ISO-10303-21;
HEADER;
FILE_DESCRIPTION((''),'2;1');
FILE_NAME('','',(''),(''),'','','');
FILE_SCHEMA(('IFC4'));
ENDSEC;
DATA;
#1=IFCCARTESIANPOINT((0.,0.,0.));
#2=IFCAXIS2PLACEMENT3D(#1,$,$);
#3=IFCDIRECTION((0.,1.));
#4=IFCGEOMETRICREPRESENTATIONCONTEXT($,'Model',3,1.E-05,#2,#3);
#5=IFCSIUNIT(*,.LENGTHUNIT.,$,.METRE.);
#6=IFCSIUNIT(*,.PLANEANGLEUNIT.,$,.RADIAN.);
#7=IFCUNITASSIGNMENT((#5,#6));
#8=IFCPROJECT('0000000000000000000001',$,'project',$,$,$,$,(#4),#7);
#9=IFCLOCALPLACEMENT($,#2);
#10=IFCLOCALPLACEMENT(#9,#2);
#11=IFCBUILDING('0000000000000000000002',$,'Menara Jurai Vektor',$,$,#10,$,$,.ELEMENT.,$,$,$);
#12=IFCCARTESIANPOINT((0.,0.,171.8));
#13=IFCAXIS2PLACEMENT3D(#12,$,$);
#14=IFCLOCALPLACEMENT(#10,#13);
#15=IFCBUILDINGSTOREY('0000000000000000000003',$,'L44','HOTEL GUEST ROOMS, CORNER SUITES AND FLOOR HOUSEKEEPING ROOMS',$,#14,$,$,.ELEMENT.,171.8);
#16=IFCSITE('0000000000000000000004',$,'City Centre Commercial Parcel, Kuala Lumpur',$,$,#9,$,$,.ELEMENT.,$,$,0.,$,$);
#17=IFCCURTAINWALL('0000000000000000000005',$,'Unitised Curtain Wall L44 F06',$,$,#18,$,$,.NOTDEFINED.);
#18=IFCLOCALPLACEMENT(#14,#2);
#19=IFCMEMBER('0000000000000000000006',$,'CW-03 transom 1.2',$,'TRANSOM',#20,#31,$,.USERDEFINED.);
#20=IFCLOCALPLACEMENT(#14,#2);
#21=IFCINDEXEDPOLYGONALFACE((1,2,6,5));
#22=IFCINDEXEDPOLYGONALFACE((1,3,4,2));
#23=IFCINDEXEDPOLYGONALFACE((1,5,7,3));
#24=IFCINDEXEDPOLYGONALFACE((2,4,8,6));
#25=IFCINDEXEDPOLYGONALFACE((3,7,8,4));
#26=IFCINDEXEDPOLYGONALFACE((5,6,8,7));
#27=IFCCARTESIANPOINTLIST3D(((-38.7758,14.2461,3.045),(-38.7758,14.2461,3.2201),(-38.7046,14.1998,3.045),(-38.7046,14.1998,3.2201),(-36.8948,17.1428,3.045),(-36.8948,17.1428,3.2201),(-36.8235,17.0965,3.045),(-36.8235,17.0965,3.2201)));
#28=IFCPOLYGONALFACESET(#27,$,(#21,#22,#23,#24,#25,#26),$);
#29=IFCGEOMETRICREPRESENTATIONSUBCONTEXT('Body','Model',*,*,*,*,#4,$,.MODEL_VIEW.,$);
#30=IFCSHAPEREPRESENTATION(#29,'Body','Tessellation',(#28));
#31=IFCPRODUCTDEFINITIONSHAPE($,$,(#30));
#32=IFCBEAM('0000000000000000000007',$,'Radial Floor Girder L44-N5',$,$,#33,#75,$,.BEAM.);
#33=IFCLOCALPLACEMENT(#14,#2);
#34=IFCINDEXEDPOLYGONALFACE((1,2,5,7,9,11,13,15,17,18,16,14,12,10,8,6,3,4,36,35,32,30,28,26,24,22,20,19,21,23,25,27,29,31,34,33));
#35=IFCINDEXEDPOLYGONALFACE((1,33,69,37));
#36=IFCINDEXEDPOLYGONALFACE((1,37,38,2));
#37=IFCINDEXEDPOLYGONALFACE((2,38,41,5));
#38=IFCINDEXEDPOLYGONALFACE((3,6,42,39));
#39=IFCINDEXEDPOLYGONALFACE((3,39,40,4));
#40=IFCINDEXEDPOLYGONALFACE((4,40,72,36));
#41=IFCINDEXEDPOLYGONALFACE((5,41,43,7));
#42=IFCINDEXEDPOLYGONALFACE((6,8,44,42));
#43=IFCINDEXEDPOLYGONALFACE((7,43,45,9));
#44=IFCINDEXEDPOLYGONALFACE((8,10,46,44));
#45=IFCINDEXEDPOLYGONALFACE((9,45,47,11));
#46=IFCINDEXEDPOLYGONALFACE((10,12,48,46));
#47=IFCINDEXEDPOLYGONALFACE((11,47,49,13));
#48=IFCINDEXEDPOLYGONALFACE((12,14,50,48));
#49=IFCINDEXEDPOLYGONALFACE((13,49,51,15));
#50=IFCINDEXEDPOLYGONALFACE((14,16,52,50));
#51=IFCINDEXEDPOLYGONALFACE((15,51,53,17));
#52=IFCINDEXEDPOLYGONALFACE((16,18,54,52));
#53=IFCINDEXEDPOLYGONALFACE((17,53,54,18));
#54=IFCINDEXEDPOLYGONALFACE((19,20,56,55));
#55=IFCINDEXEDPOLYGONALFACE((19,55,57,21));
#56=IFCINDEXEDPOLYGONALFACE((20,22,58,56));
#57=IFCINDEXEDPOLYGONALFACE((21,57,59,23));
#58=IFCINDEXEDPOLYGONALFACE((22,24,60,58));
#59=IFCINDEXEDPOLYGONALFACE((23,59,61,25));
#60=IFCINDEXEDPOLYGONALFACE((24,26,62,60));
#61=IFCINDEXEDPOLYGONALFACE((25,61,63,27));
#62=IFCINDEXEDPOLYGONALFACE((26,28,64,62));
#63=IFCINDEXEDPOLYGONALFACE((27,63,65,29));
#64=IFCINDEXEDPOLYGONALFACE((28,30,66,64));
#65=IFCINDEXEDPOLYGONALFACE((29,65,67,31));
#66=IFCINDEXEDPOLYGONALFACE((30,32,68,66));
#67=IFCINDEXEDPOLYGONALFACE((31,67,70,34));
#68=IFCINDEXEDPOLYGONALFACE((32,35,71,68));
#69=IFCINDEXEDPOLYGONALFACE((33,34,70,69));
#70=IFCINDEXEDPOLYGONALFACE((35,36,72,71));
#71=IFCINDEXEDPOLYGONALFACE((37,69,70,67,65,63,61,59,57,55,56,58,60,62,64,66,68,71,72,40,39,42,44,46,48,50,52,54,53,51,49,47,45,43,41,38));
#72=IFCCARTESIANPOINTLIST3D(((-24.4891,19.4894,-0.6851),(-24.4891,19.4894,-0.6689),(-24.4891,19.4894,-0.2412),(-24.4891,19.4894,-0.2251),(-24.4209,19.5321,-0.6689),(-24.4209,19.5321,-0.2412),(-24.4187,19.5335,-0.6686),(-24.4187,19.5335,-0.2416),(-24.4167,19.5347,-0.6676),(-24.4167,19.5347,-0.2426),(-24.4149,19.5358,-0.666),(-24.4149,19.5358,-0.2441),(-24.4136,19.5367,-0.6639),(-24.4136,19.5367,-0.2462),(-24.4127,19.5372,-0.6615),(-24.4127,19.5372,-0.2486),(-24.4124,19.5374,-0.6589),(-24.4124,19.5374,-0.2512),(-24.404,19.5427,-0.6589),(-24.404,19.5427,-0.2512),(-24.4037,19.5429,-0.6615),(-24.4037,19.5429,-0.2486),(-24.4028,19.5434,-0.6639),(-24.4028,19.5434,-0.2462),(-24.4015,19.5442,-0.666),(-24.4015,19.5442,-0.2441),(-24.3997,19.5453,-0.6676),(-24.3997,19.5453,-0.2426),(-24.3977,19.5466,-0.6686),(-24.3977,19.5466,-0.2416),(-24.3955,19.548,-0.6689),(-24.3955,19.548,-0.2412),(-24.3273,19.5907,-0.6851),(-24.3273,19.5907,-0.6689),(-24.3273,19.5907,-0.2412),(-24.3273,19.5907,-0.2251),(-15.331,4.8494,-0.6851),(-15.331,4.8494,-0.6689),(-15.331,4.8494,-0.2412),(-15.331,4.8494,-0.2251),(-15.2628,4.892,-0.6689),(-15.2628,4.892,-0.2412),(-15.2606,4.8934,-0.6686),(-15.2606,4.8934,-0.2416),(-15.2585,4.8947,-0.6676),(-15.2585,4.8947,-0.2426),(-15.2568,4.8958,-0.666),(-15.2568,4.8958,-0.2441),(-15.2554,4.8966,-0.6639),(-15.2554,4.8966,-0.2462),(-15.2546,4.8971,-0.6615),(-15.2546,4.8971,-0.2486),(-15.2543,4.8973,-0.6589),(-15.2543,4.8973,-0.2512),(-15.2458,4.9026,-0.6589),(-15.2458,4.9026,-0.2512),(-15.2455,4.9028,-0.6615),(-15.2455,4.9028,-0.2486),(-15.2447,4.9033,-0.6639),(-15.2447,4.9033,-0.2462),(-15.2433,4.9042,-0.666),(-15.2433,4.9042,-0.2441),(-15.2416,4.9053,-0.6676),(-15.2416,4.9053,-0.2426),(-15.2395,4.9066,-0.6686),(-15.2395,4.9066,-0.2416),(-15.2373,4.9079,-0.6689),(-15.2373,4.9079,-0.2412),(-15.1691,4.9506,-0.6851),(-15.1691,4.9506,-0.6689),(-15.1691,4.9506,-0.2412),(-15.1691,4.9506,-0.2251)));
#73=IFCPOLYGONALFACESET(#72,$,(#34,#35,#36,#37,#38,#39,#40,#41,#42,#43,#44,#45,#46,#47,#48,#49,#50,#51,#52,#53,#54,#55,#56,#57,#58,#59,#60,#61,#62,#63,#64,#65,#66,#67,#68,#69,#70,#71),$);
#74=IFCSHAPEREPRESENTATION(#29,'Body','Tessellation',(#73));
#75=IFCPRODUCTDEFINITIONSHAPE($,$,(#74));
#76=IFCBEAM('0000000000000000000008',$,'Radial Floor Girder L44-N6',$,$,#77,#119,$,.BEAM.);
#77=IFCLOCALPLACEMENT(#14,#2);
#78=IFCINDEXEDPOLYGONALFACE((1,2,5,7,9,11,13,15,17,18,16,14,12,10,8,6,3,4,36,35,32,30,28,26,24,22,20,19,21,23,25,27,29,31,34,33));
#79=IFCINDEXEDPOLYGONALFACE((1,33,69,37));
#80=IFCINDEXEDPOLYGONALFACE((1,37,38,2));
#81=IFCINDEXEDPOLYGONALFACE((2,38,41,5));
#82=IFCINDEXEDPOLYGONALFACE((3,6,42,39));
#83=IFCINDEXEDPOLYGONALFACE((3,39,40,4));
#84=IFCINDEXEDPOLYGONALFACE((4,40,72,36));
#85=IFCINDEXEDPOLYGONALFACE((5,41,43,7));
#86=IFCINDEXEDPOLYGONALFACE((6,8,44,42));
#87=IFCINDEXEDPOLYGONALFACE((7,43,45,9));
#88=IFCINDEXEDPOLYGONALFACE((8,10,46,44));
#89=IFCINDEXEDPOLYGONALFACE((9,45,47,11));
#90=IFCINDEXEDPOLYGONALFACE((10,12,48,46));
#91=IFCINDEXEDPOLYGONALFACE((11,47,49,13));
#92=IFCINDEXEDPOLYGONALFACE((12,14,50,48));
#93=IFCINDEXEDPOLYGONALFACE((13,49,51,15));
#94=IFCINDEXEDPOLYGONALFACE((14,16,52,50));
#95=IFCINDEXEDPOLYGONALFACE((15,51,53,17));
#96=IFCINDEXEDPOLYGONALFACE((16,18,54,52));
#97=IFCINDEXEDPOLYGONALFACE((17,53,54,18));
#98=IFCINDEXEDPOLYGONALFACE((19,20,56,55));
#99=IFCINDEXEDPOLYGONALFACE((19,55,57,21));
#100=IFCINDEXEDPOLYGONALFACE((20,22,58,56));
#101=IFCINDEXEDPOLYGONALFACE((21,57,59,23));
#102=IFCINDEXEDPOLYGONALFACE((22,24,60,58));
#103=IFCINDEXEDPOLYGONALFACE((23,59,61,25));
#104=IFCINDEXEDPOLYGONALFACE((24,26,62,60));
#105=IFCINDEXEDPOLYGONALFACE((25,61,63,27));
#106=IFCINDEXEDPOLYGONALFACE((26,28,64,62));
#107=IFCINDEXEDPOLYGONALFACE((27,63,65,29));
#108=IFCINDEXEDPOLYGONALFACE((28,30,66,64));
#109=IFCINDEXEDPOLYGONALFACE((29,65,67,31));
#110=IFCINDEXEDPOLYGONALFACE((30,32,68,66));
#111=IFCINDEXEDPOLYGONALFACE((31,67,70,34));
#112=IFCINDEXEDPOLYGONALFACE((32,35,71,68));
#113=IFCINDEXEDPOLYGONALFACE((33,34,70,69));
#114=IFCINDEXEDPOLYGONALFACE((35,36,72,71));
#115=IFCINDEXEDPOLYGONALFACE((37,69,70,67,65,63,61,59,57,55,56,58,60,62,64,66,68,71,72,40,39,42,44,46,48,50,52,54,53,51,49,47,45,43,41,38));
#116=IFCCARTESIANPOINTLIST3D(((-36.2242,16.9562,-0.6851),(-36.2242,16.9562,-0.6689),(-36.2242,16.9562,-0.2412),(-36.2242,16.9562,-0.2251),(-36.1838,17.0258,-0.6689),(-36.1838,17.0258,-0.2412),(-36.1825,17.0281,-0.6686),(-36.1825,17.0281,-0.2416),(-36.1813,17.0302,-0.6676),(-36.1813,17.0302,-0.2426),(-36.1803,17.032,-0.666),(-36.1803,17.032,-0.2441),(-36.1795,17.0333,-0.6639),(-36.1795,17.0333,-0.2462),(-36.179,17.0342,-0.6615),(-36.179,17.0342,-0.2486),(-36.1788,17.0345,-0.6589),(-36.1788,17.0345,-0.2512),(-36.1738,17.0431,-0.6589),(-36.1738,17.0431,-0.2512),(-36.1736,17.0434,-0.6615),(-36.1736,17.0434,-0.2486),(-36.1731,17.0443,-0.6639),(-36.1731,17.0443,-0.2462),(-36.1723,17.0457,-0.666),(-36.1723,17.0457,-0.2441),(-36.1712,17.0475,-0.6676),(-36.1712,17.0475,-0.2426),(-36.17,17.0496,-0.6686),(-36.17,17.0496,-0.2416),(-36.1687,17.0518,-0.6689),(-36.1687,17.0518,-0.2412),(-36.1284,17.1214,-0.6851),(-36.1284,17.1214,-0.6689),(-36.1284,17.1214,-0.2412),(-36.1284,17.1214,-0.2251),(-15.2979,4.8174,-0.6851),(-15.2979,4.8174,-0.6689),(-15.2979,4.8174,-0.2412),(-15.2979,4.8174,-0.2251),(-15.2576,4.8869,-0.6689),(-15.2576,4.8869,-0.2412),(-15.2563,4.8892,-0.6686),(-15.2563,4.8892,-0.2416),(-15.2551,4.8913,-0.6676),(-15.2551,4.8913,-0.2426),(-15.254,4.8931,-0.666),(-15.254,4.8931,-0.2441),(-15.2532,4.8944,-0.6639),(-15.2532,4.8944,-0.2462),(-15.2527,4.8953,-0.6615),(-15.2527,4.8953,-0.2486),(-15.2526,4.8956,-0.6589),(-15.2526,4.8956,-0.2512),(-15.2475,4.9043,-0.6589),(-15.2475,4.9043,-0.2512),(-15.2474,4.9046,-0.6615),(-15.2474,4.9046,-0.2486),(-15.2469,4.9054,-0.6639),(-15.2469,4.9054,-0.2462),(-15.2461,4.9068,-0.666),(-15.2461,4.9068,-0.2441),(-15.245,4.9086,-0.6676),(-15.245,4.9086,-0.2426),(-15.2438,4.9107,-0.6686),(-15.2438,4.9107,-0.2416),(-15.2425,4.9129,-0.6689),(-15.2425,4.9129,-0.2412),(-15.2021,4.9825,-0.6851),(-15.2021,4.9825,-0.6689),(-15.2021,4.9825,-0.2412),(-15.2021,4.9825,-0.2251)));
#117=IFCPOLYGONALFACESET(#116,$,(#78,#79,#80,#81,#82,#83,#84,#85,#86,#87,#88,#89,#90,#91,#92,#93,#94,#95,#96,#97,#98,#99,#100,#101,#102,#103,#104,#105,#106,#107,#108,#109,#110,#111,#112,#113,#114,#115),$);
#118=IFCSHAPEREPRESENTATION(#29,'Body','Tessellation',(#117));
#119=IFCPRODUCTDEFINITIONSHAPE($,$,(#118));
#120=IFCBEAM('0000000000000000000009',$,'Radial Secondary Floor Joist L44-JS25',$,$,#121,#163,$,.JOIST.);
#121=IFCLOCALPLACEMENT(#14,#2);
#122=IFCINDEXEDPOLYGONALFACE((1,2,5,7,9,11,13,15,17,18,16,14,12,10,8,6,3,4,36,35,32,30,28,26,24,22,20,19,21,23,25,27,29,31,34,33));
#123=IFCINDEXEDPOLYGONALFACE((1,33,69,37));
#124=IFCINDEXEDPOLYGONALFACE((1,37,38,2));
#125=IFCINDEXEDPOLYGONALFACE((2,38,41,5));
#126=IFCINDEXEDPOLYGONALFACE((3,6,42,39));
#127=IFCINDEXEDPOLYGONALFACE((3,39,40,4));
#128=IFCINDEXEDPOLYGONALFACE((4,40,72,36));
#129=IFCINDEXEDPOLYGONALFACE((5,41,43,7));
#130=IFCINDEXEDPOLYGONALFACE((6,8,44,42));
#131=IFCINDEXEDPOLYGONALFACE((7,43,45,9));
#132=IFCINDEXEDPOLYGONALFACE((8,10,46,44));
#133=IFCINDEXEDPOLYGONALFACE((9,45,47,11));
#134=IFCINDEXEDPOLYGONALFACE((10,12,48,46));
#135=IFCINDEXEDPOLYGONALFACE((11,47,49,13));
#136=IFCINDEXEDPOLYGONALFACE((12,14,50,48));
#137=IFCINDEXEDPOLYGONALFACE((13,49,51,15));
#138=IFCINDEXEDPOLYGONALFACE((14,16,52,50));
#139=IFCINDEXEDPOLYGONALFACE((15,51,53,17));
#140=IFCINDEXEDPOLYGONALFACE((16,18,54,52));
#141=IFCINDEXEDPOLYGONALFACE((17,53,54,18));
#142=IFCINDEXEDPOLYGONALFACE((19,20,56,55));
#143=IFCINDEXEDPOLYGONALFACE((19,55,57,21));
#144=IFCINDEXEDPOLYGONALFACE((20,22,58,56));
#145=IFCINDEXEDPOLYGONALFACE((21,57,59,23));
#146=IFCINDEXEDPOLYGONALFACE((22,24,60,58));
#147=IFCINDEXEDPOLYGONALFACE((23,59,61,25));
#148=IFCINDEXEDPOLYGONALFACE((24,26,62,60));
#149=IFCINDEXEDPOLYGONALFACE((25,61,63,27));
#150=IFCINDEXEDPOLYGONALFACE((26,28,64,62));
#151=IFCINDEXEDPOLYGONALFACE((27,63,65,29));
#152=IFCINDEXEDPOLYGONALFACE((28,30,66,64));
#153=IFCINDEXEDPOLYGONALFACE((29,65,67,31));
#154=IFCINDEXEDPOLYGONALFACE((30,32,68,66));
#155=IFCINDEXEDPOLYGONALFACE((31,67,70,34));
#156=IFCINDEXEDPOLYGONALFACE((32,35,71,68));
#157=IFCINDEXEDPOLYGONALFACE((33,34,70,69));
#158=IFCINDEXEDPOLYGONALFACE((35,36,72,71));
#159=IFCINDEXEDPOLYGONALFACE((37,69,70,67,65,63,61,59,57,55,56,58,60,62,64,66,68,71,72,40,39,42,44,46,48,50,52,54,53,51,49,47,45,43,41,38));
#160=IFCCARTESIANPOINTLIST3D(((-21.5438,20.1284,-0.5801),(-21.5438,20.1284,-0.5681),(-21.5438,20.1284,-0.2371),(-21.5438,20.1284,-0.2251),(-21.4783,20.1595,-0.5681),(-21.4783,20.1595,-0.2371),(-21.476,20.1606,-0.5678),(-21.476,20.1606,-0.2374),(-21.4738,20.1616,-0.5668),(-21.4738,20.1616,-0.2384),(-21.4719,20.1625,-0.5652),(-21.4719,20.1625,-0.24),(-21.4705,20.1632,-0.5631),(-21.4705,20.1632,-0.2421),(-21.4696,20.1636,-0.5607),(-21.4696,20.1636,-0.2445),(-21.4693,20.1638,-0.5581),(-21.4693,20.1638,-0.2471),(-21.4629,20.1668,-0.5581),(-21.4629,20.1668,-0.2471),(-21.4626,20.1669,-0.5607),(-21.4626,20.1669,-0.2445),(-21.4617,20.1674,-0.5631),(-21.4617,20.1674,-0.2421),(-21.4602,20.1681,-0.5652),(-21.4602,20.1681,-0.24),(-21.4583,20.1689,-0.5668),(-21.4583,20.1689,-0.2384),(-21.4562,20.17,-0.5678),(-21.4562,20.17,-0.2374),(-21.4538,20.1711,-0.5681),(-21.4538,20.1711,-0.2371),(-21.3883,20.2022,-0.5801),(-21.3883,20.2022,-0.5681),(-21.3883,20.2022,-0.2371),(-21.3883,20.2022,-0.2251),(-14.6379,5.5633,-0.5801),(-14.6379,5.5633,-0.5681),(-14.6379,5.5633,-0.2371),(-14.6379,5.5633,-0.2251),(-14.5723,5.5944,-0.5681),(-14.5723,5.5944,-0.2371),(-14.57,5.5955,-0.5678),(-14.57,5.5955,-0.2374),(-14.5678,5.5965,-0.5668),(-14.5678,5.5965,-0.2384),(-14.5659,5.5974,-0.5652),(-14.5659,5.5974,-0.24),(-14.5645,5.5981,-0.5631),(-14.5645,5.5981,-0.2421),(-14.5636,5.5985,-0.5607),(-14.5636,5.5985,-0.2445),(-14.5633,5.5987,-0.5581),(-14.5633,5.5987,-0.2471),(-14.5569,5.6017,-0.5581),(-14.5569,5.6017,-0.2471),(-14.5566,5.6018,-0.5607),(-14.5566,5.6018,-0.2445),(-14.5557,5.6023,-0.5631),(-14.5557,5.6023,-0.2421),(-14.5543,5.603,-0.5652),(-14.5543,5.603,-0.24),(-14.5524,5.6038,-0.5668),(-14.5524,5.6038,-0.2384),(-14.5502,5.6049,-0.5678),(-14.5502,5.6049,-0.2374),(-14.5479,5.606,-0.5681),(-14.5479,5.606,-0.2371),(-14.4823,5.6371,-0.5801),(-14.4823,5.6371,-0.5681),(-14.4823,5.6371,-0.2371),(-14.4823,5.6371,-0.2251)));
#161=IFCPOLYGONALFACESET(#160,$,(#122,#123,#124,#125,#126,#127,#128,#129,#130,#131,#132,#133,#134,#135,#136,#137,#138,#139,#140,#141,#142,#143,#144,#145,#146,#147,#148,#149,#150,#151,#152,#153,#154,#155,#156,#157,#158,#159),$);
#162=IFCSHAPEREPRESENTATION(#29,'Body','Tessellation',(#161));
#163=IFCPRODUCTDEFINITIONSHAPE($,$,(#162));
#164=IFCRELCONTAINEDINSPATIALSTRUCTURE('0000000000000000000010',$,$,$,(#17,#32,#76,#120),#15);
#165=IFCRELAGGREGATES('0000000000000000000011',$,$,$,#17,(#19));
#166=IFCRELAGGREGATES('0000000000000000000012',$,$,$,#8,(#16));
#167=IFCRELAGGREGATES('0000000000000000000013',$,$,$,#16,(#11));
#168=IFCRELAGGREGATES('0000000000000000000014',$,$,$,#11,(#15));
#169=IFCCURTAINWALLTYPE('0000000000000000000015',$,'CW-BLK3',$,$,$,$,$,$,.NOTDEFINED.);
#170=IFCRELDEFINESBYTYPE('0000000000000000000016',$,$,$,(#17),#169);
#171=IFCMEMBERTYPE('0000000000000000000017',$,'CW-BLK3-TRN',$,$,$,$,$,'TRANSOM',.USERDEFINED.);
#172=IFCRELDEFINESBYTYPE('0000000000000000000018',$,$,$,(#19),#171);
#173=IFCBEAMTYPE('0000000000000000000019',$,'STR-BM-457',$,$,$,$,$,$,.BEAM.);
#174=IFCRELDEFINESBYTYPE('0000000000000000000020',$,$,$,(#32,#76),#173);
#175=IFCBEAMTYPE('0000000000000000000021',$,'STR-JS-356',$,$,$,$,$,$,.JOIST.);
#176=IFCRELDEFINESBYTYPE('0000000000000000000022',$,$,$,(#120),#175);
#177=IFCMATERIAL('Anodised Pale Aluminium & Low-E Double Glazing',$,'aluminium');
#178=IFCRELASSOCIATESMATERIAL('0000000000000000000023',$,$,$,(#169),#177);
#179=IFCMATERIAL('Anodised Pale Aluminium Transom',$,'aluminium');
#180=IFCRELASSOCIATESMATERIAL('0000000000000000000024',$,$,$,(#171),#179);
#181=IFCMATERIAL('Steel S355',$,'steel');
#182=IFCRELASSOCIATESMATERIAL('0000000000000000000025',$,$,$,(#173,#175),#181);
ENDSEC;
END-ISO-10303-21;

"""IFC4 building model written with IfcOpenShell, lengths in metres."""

from ifc_helpers import new_model, si_unit, direction, frame, origin, origin_2d, place, context, subcontext, project, spatial, rectangle, i_section, extrude, material, material_profile, profile_set, type_object, element, aggregate, save


model = new_model("IFC4")

# Units and contexts
model_context = context("Model", 3, precision=1e-05, world=origin(), true_north=direction((0.0, 1.0)))
body_context = subcontext(model_context, "Body", "Model", "MODEL_VIEW")
ifc_project = project(units=[si_unit("LENGTHUNIT", "METRE"), si_unit("PLANEANGLEUNIT", "RADIAN")], contexts=[model_context])

# Site, building, storey
site_placement = place(None, origin())
site = spatial("IfcSite", under=ifc_project, at=site_placement, Name="City Centre Commercial Parcel, Kuala Lumpur", CompositionType="ELEMENT", RefElevation=0.0)
building_placement = place(site_placement, origin())
building = spatial("IfcBuilding", under=site, at=building_placement, Name="Menara Jurai Vektor", CompositionType="ELEMENT")
storey_placement = place(building_placement, frame((0.0, 0.0, 171.8)))
storey = spatial("IfcBuildingStorey", under=building, at=storey_placement, Name="L44", Description="HOTEL GUEST ROOMS, CORNER SUITES AND FLOOR HOUSEKEEPING ROOMS", CompositionType="ELEMENT", Elevation=171.8)

# Curtain wall
ifc_material_1 = material(Name="Anodised Pale Aluminium & Low-E Double Glazing", Category="aluminium")
curtain_wall_type = type_object("IfcCurtainWallType", Name="CW-BLK3", PredefinedType="NOTDEFINED", material=ifc_material_1)
curtain_wall_1_placement = place(storey_placement, origin())
curtain_wall_1 = element("IfcCurtainWall", 1, at=curtain_wall_1_placement, inside=storey, type_object=curtain_wall_type, Name="Unitised Curtain Wall L44 F06", PredefinedType="NOTDEFINED")

# Member
ifc_material_2 = material(Name="Anodised Pale Aluminium Transom", Category="aluminium")
ifc_material_profile_1 = material_profile(ifc_material_2, rectangle(XDim=0.085, YDim=0.175, at=origin_2d()), Name="ALU TRN 85x175")
ifc_profile_set_1 = profile_set([ifc_material_profile_1], Name="Anodised Pale Aluminium Transom")
member_type_1 = type_object("IfcMemberType", Name="CW-BLK3-TRN", ElementType="TRANSOM", PredefinedType="USERDEFINED", material=ifc_profile_set_1)
member_1_placement = place(storey_placement, frame((-36.8591, 17.1196, 3.1326), z_axis=(-0.544628, -0.838678, 0.0), x_axis=(0.838678, -0.544628, 0.0)))
member_1 = element("IfcMember", 2, at=member_1_placement, type_object=member_type_1, Name="CW-03 transom 1.2", ObjectType="TRANSOM", PredefinedType="USERDEFINED", context=body_context, shape_type="SweptSolid", body=[
    extrude(rectangle(XDim=0.085, YDim=0.175, at=origin_2d()), origin(), (0.0, 0.0, 1.0), 3.4539),
])

# Beams
ifc_material_3 = material(Name="Steel S355", Category="steel")
ifc_material_profile_2 = material_profile(ifc_material_3, i_section(OverallWidth=0.1909, OverallDepth=0.46, WebThickness=0.01, FlangeThickness=0.0161, FilletRadius=0.01, at=origin_2d()), Name="UKB 457x191x82")
ifc_profile_set_2 = profile_set([ifc_material_profile_2], Name="Steel S355")
beam_type_1 = type_object("IfcBeamType", Name="STR-BM-457", PredefinedType="BEAM", material=ifc_profile_set_2)
beam_1_placement = place(storey_placement, frame((-24.4082, 19.54, -0.4551), z_axis=(0.530337, -0.847787, 0.0), x_axis=(0.847787, 0.530337, 0.0)))
element("IfcBeam", 3, at=beam_1_placement, inside=storey, type_object=beam_type_1, Name="Radial Floor Girder L44-N5", PredefinedType="BEAM", context=body_context, shape_type="SweptSolid", body=[
    extrude(i_section(OverallWidth=0.1909, OverallDepth=0.46, WebThickness=0.01, FlangeThickness=0.0161, FilletRadius=0.01, at=origin_2d()), origin(), (0.0, 0.0, 1.0), 17.2686),
])
beam_2_placement = place(storey_placement, frame((-36.1763, 17.0388, -0.4551), z_axis=(0.865001, -0.50177, 0.0), x_axis=(0.50177, 0.865001, 0.0)))
element("IfcBeam", 4, at=beam_2_placement, inside=storey, type_object=beam_type_1, Name="Radial Floor Girder L44-N6", PredefinedType="BEAM", context=body_context, shape_type="SweptSolid", body=[
    extrude(i_section(OverallWidth=0.1909, OverallDepth=0.46, WebThickness=0.01, FlangeThickness=0.0161, FilletRadius=0.01, at=origin_2d()), origin(), (0.0, 0.0, 1.0), 24.1921),
])
ifc_material_profile_3 = material_profile(ifc_material_3, i_section(OverallWidth=0.1721, OverallDepth=0.355, WebThickness=0.0071, FlangeThickness=0.012, FilletRadius=0.01, at=origin_2d()), Name="UKB 356x171x51")
ifc_profile_set_3 = profile_set([ifc_material_profile_3], Name="Steel S355")
beam_type_2 = type_object("IfcBeamType", Name="STR-JS-356", PredefinedType="JOIST", material=ifc_profile_set_3)
beam_3_placement = place(storey_placement, frame((-21.4661, 20.1653, -0.4026), z_axis=(0.428426, -0.903577, 0.0), x_axis=(0.903577, 0.428426, 0.0)))
element("IfcBeam", 5, at=beam_3_placement, inside=storey, type_object=beam_type_2, Name="Radial Secondary Floor Joist L44-JS25", PredefinedType="JOIST", context=body_context, shape_type="SweptSolid", body=[
    extrude(i_section(OverallWidth=0.1721, OverallDepth=0.355, WebThickness=0.0071, FlangeThickness=0.012, FilletRadius=0.01, at=origin_2d()), origin(), (0.0, 0.0, 1.0), 16.1194),
])

aggregate(curtain_wall_1, [member_1])

save(model, "model.ifc")
